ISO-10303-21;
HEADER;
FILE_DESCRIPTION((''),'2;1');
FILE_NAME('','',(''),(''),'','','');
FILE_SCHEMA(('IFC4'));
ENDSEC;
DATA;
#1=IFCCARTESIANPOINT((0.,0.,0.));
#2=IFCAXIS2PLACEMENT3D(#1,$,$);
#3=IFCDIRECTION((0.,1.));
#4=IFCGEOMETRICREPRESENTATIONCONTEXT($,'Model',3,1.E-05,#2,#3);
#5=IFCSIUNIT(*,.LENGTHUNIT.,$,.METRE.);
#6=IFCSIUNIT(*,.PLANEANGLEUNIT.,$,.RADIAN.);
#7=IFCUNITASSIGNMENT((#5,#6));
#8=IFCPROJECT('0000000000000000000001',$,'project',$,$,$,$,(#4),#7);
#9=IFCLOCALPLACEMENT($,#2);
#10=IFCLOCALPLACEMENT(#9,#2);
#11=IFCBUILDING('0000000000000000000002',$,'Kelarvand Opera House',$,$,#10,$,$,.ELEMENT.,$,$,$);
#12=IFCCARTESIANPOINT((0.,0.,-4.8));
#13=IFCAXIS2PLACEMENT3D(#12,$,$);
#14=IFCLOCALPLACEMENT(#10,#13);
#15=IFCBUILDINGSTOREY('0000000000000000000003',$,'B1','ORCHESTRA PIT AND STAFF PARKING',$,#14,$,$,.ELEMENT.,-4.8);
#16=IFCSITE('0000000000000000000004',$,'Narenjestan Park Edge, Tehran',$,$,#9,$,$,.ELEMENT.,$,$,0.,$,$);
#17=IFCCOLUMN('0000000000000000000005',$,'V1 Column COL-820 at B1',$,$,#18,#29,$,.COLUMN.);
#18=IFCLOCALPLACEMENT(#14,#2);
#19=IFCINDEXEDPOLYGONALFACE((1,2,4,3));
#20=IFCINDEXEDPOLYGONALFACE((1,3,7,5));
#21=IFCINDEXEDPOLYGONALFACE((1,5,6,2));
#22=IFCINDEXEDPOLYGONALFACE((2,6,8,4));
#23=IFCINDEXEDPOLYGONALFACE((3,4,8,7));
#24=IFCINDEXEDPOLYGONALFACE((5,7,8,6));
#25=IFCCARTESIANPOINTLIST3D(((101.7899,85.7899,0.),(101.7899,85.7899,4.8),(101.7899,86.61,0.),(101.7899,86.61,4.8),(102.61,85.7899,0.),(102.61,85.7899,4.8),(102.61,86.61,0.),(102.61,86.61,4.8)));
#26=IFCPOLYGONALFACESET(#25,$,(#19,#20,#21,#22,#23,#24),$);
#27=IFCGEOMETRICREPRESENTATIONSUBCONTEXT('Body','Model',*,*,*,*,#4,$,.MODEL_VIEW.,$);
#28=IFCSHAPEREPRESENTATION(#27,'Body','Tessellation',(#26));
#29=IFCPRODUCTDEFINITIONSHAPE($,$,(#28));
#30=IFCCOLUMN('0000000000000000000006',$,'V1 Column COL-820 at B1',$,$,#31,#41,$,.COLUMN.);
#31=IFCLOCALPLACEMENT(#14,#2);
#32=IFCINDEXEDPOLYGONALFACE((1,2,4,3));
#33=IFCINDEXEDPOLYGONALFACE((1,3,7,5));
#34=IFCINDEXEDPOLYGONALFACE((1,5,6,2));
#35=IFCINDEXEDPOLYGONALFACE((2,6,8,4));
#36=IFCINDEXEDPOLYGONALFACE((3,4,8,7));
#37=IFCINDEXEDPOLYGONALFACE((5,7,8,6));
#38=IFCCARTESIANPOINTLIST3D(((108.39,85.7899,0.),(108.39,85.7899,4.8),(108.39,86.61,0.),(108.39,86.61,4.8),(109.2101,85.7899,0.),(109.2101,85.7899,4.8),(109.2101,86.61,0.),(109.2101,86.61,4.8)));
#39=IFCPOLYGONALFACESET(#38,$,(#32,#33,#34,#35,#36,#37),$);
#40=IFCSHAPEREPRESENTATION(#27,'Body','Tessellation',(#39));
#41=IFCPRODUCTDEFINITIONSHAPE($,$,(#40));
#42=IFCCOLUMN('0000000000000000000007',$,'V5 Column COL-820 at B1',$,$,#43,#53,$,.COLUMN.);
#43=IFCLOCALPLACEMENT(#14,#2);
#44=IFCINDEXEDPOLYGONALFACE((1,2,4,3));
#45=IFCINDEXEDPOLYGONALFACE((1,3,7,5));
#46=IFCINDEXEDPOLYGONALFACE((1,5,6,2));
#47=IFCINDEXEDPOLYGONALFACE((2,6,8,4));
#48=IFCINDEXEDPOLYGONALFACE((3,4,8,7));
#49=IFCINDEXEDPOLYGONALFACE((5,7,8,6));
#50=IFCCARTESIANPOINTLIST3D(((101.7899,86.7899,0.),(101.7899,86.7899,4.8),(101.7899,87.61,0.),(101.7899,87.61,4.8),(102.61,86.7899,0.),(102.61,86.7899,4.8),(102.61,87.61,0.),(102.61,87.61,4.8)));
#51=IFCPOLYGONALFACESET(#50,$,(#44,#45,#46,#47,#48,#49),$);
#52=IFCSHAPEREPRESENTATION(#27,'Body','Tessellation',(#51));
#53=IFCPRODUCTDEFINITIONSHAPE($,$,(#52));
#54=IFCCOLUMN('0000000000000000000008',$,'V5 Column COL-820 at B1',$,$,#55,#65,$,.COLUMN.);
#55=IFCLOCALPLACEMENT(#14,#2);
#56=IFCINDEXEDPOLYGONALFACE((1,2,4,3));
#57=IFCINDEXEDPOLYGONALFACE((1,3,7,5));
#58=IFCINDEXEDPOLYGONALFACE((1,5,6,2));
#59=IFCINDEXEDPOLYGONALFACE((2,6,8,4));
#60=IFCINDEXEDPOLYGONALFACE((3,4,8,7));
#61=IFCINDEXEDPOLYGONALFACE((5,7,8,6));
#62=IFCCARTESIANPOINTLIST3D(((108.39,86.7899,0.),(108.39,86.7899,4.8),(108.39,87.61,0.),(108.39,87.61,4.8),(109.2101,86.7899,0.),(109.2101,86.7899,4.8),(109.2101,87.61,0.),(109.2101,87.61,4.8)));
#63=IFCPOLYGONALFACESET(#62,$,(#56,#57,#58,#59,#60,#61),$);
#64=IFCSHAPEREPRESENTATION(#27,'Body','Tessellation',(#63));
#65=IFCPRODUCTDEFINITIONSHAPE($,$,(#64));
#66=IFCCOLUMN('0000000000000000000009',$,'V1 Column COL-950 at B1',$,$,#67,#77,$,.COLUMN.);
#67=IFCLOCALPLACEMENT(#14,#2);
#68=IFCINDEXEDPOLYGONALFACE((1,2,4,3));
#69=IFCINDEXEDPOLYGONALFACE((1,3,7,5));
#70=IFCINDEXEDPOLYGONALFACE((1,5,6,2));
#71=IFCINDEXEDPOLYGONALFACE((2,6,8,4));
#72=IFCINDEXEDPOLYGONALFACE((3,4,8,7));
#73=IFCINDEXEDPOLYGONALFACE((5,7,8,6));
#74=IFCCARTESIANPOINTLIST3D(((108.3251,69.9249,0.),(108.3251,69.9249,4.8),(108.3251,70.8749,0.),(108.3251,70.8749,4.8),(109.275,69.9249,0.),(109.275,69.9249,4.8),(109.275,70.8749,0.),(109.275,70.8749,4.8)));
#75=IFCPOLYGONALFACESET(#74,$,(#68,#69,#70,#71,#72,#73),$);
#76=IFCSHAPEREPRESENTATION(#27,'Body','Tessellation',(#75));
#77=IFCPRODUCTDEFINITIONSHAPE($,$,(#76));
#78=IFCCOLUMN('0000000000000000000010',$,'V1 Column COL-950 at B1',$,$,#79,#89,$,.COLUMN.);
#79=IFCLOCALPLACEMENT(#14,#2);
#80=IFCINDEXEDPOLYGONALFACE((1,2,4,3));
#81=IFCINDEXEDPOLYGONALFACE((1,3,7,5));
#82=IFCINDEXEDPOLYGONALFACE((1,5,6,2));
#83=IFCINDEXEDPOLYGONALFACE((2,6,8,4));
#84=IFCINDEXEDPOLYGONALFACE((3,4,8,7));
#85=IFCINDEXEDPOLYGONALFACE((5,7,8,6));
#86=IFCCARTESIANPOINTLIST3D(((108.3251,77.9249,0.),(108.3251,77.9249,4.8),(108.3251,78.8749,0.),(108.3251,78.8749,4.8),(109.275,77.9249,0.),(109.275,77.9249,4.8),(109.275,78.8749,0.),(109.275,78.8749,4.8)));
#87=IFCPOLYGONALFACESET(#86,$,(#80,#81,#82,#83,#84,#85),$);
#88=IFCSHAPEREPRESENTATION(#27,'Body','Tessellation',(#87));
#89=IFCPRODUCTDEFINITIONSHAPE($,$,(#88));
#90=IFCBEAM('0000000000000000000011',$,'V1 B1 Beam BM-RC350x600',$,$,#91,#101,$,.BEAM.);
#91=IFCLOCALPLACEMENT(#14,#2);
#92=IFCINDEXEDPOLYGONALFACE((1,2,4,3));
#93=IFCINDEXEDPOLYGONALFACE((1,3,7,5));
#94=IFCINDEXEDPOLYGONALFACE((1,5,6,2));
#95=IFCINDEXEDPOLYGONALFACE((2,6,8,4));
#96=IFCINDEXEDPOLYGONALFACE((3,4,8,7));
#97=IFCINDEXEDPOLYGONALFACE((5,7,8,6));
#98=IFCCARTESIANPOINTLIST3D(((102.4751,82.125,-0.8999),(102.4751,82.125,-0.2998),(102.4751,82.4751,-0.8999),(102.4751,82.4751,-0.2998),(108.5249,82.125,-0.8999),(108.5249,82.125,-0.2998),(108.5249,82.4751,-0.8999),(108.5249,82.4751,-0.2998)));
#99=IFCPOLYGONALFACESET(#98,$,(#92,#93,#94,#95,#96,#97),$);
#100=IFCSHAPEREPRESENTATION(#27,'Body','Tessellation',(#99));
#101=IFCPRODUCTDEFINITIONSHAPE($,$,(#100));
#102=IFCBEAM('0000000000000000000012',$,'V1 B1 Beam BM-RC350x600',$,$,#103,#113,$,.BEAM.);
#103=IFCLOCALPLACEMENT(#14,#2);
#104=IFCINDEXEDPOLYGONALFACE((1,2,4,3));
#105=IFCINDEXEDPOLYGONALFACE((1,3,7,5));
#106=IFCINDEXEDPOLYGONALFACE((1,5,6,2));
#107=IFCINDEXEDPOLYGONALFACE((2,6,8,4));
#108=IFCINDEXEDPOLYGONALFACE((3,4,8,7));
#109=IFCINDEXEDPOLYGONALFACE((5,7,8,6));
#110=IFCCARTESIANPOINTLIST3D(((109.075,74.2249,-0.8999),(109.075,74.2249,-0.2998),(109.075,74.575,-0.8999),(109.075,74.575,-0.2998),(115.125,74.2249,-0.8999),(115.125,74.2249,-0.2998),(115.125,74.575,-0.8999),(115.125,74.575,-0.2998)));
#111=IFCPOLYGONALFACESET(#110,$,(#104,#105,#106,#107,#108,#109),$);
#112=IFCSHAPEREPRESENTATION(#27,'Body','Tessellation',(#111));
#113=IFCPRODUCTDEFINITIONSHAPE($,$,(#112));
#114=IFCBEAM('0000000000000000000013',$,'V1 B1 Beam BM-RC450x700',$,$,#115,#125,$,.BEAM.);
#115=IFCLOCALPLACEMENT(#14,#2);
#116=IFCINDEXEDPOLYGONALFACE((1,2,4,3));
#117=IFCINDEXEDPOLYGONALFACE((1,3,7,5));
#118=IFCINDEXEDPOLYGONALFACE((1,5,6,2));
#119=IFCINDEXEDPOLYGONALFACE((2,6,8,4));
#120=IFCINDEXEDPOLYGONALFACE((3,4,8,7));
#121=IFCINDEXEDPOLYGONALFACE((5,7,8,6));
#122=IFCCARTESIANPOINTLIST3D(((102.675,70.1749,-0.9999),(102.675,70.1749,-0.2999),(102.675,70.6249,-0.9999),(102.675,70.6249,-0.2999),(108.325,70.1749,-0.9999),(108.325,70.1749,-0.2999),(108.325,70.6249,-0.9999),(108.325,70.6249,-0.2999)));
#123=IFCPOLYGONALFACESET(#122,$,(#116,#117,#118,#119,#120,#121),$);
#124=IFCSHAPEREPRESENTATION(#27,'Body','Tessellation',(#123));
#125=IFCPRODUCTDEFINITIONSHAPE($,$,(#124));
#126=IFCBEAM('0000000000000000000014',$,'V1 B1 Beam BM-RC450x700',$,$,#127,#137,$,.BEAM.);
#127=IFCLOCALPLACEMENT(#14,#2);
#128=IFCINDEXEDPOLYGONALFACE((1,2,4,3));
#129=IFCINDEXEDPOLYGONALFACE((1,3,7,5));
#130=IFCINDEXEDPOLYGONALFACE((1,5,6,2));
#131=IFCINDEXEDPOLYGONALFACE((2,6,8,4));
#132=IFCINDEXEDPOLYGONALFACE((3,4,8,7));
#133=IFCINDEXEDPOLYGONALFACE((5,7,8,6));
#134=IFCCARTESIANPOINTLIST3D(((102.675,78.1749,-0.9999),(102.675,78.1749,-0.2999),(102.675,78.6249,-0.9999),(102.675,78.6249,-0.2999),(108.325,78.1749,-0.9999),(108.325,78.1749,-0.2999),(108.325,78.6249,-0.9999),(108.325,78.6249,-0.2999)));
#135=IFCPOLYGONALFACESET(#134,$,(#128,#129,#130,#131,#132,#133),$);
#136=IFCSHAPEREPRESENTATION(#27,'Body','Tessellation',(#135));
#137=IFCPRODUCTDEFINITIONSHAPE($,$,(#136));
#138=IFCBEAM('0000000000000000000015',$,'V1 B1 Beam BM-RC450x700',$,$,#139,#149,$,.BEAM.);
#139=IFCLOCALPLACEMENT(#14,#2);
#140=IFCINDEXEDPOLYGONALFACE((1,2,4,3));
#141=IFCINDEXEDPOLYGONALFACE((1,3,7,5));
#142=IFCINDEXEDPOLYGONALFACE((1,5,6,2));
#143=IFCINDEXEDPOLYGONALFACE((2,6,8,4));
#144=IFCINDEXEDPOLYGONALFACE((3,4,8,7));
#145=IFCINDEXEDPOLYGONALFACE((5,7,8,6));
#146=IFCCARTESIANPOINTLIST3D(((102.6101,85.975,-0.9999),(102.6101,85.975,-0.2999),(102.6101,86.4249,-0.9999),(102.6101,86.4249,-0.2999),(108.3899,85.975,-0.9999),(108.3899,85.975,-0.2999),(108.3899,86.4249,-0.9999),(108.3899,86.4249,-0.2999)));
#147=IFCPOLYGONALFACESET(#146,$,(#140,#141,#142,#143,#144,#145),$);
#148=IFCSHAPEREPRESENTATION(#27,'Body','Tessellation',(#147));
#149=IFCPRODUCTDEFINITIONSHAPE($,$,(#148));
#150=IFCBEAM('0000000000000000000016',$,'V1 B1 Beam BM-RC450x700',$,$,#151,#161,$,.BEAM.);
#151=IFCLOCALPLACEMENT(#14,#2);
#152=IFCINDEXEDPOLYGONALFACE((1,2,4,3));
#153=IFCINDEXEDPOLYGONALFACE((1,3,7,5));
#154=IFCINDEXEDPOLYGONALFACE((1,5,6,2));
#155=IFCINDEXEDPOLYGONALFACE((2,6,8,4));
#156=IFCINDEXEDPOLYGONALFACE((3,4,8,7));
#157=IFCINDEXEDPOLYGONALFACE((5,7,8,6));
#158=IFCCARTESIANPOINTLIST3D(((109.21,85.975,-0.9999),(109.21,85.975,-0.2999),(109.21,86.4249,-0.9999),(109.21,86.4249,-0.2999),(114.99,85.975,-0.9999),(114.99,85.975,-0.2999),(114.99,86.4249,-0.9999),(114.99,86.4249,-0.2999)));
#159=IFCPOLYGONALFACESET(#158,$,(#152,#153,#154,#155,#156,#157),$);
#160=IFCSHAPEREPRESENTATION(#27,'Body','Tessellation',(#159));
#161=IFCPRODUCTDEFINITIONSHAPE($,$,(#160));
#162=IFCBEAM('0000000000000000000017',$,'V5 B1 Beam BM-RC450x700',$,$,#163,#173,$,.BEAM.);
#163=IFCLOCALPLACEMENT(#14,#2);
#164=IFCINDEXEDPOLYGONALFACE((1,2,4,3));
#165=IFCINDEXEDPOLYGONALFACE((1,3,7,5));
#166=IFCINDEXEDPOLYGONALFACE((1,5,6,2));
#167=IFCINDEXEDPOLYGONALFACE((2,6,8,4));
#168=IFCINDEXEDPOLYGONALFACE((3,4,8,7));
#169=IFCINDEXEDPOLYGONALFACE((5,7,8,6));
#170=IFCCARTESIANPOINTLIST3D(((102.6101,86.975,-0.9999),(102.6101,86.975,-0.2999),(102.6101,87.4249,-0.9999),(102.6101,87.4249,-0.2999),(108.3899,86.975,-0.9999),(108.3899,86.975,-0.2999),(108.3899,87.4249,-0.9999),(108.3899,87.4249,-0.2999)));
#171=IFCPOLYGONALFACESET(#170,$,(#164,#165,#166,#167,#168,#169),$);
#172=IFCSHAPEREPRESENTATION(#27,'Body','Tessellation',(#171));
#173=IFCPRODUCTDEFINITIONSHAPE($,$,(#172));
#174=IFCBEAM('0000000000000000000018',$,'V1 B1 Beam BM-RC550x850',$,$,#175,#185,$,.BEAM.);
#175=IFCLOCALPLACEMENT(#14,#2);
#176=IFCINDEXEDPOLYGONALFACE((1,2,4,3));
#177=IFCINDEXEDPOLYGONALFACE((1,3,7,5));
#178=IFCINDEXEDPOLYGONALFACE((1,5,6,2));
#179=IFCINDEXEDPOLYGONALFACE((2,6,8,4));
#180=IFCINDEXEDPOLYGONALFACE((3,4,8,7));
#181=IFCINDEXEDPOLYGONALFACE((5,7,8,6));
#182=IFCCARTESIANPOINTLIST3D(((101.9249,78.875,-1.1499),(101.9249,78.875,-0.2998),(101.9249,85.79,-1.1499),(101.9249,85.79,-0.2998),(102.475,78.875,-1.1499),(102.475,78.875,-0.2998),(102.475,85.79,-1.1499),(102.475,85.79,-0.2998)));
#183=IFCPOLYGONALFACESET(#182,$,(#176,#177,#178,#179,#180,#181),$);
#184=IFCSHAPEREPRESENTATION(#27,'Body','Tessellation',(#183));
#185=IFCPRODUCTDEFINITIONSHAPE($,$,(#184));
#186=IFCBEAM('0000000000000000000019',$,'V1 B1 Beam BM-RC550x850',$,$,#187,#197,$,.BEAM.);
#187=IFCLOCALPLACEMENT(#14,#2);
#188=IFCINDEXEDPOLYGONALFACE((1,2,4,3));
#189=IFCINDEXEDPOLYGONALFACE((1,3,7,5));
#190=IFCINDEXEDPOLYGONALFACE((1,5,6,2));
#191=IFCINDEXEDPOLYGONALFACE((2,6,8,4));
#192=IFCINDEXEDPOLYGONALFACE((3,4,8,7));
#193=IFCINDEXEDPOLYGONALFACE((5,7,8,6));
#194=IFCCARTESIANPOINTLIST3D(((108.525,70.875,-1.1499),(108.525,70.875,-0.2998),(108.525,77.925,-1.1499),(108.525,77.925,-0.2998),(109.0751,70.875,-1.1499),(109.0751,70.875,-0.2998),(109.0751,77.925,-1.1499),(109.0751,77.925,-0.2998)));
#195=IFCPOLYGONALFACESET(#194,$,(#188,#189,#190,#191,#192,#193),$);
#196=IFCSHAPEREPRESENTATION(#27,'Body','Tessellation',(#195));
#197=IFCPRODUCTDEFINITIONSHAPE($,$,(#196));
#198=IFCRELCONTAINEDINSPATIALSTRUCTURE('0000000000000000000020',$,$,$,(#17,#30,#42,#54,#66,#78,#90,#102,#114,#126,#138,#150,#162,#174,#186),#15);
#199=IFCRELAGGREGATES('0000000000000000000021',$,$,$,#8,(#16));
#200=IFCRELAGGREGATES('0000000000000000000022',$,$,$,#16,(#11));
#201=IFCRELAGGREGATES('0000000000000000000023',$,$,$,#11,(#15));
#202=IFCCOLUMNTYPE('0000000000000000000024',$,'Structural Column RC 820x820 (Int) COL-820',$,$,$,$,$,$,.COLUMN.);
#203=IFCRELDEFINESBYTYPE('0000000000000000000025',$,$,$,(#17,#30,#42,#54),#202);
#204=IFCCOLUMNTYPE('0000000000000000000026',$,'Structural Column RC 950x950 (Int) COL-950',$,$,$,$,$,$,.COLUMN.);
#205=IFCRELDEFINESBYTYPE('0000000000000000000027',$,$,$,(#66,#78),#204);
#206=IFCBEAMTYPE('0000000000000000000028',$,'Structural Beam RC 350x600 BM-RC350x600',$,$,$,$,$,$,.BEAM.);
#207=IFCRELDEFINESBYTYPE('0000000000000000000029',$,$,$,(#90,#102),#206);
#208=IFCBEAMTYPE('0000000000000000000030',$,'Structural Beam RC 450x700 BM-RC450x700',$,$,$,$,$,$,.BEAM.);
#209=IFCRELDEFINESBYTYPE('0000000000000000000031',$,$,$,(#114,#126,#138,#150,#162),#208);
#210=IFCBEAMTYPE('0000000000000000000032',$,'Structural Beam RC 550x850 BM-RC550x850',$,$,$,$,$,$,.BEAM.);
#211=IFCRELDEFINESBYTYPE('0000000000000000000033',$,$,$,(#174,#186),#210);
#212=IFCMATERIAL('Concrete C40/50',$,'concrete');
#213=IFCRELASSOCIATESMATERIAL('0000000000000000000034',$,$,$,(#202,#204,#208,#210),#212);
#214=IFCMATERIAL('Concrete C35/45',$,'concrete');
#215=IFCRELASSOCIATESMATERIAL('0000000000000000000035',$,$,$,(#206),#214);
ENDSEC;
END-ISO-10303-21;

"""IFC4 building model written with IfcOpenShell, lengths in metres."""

from ifc_helpers import new_model, si_unit, direction, frame, origin, origin_2d, place, context, subcontext, project, spatial, rectangle, extrude, material, material_profile, profile_set, type_object, element, save


model = new_model("IFC4")

# Units and contexts
model_context = context("Model", 3, precision=1e-05, world=origin(), true_north=direction((0.0, 1.0)))
body_context = subcontext(model_context, "Body", "Model", "MODEL_VIEW")
ifc_project = project(units=[si_unit("LENGTHUNIT", "METRE"), si_unit("PLANEANGLEUNIT", "RADIAN")], contexts=[model_context])

# Site, building, storey
site_placement = place(None, origin())
site = spatial("IfcSite", under=ifc_project, at=site_placement, Name="Narenjestan Park Edge, Tehran", CompositionType="ELEMENT", RefElevation=0.0)
building_placement = place(site_placement, origin())
building = spatial("IfcBuilding", under=site, at=building_placement, Name="Kelarvand Opera House", CompositionType="ELEMENT")
storey_placement = place(building_placement, frame((0.0, 0.0, -4.8)))
storey = spatial("IfcBuildingStorey", under=building, at=storey_placement, Name="B1", Description="ORCHESTRA PIT AND STAFF PARKING", CompositionType="ELEMENT", Elevation=-4.8)

# Columns
ifc_material_1 = material(Name="Concrete C40/50", Category="concrete")
ifc_material_profile_1 = material_profile(ifc_material_1, rectangle(XDim=0.8201, YDim=0.8201, at=origin_2d()), Name="RC 820x820", Category="concrete")
ifc_profile_set_1 = profile_set([ifc_material_profile_1], Name="Concrete C40/50")
column_type_1 = type_object("IfcColumnType", Name="Structural Column RC 820x820 (Int) COL-820", PredefinedType="COLUMN", material=ifc_profile_set_1)
for number, where, z_axis, x_axis, name in (
    (1, (102.2, 86.2, 0.0), (0.0, 0.0, 1.0), (1.0, 0.0, 0.0), "V1 Column COL-820 at B1"),
    (2, (108.8, 86.2, 0.0), (0.0, 0.0, 1.0), (1.0, 0.0, 0.0), "V1 Column COL-820 at B1"),
    (3, (102.2, 87.2, 0.0), (0.0, 0.0, 1.0), (1.0, 0.0, 0.0), "V5 Column COL-820 at B1"),
    (4, (108.8, 87.2, 0.0), (0.0, 0.0, 1.0), (1.0, 0.0, 0.0), "V5 Column COL-820 at B1"),
):
    element("IfcColumn", number, at=place(storey_placement, frame(where, z_axis=z_axis, x_axis=x_axis)), inside=storey, type_object=column_type_1, Name=name, PredefinedType="COLUMN", context=body_context, shape_type="SweptSolid", body=[
        extrude(rectangle(XDim=0.8201, YDim=0.8201, at=origin_2d()), origin(), (0.0, 0.0, 1.0), 4.8),
    ])
ifc_material_profile_2 = material_profile(ifc_material_1, rectangle(XDim=0.95, YDim=0.95, at=origin_2d()), Name="RC 950x950", Category="concrete")
ifc_profile_set_2 = profile_set([ifc_material_profile_2], Name="Concrete C40/50")
column_type_2 = type_object("IfcColumnType", Name="Structural Column RC 950x950 (Int) COL-950", PredefinedType="COLUMN", material=ifc_profile_set_2)
for number, where, z_axis, x_axis, name in (
    (5, (108.8, 70.3999, 0.0), (0.0, 0.0, 1.0), (1.0, 0.0, 0.0), "V1 Column COL-950 at B1"),
    (6, (108.8, 78.3999, 0.0), (0.0, 0.0, 1.0), (1.0, 0.0, 0.0), "V1 Column COL-950 at B1"),
):
    element("IfcColumn", number, at=place(storey_placement, frame(where, z_axis=z_axis, x_axis=x_axis)), inside=storey, type_object=column_type_2, Name=name, PredefinedType="COLUMN", context=body_context, shape_type="SweptSolid", body=[
        extrude(rectangle(XDim=0.95, YDim=0.95, at=origin_2d()), origin(), (0.0, 0.0, 1.0), 4.8),
    ])

# Beams
ifc_material_2 = material(Name="Concrete C35/45", Category="concrete")
ifc_material_profile_3 = material_profile(ifc_material_2, rectangle(XDim=0.3501, YDim=0.6001, at=origin_2d()), Name="RC 350x600", Category="concrete")
ifc_profile_set_3 = profile_set([ifc_material_profile_3], Name="Concrete C35/45")
beam_type_1 = type_object("IfcBeamType", Name="Structural Beam RC 350x600 BM-RC350x600", PredefinedType="BEAM", material=ifc_profile_set_3)
beam_1_placement = place(storey_placement, frame((102.4751, 82.3, -0.5999), z_axis=(1.0, 0.0, 0.0), x_axis=(0.0, 1.0, 0.0)))
element("IfcBeam", 7, at=beam_1_placement, inside=storey, type_object=beam_type_1, Name="V1 B1 Beam BM-RC350x600", PredefinedType="BEAM", context=body_context, shape_type="SweptSolid", body=[
    extrude(rectangle(XDim=0.3501, YDim=0.6001, at=origin_2d()), origin(), (0.0, 0.0, 1.0), 6.0498),
])
beam_2_placement = place(storey_placement, frame((109.075, 74.3999, -0.5999), z_axis=(1.0, 0.0, 0.0), x_axis=(0.0, 1.0, 0.0)))
element("IfcBeam", 8, at=beam_2_placement, inside=storey, type_object=beam_type_1, Name="V1 B1 Beam BM-RC350x600", PredefinedType="BEAM", context=body_context, shape_type="SweptSolid", body=[
    extrude(rectangle(XDim=0.3501, YDim=0.6001, at=origin_2d()), origin(), (0.0, 0.0, 1.0), 6.05),
])
ifc_material_profile_4 = material_profile(ifc_material_1, rectangle(XDim=0.45, YDim=0.7, at=origin_2d()), Name="RC 450x700", Category="concrete")
ifc_profile_set_4 = profile_set([ifc_material_profile_4], Name="Concrete C40/50")
beam_type_2 = type_object("IfcBeamType", Name="Structural Beam RC 450x700 BM-RC450x700", PredefinedType="BEAM", material=ifc_profile_set_4)
for number, where, z_axis, x_axis, name in (
    (9, (102.675, 70.3999, -0.6499), (1.0, 0.0, 0.0), (0.0, 1.0, 0.0), "V1 B1 Beam BM-RC450x700"),
    (10, (102.675, 78.3999, -0.6499), (1.0, 0.0, 0.0), (0.0, 1.0, 0.0), "V1 B1 Beam BM-RC450x700"),
):
    element("IfcBeam", number, at=place(storey_placement, frame(where, z_axis=z_axis, x_axis=x_axis)), inside=storey, type_object=beam_type_2, Name=name, PredefinedType="BEAM", context=body_context, shape_type="SweptSolid", body=[
        extrude(rectangle(XDim=0.45, YDim=0.7, at=origin_2d()), origin(), (0.0, 0.0, 1.0), 5.6499),
    ])
beam_3_placement = place(storey_placement, frame((102.6101, 86.2, -0.6499), z_axis=(1.0, 0.0, 0.0), x_axis=(0.0, 1.0, 0.0)))
element("IfcBeam", 11, at=beam_3_placement, inside=storey, type_object=beam_type_2, Name="V1 B1 Beam BM-RC450x700", PredefinedType="BEAM", context=body_context, shape_type="SweptSolid", body=[
    extrude(rectangle(XDim=0.45, YDim=0.7, at=origin_2d()), origin(), (0.0, 0.0, 1.0), 5.7798),
])
beam_4_placement = place(storey_placement, frame((109.21, 86.2, -0.6499), z_axis=(1.0, 0.0, 0.0), x_axis=(0.0, 1.0, 0.0)))
element("IfcBeam", 12, at=beam_4_placement, inside=storey, type_object=beam_type_2, Name="V1 B1 Beam BM-RC450x700", PredefinedType="BEAM", context=body_context, shape_type="SweptSolid", body=[
    extrude(rectangle(XDim=0.45, YDim=0.7, at=origin_2d()), origin(), (0.0, 0.0, 1.0), 5.78),
])
beam_5_placement = place(storey_placement, frame((102.6101, 87.2, -0.6499), z_axis=(1.0, 0.0, 0.0), x_axis=(0.0, 1.0, 0.0)))
element("IfcBeam", 13, at=beam_5_placement, inside=storey, type_object=beam_type_2, Name="V5 B1 Beam BM-RC450x700", PredefinedType="BEAM", context=body_context, shape_type="SweptSolid", body=[
    extrude(rectangle(XDim=0.45, YDim=0.7, at=origin_2d()), origin(), (0.0, 0.0, 1.0), 5.7798),
])
ifc_material_profile_5 = material_profile(ifc_material_1, rectangle(XDim=0.55, YDim=0.8501, at=origin_2d()), Name="RC 550x850", Category="concrete")
ifc_profile_set_5 = profile_set([ifc_material_profile_5], Name="Concrete C40/50")
beam_type_3 = type_object("IfcBeamType", Name="Structural Beam RC 550x850 BM-RC550x850", PredefinedType="BEAM", material=ifc_profile_set_5)
beam_6_placement = place(storey_placement, frame((102.2, 78.875, -0.7249), z_axis=(0.0, 1.0, 0.0), x_axis=(-1.0, 0.0, 0.0)))
element("IfcBeam", 14, at=beam_6_placement, inside=storey, type_object=beam_type_3, Name="V1 B1 Beam BM-RC550x850", PredefinedType="BEAM", context=body_context, shape_type="SweptSolid", body=[
    extrude(rectangle(XDim=0.55, YDim=0.8501, at=origin_2d()), origin(), (0.0, 0.0, 1.0), 6.915),
])
beam_7_placement = place(storey_placement, frame((108.8, 70.875, -0.7249), z_axis=(0.0, 1.0, 0.0), x_axis=(-1.0, 0.0, 0.0)))
element("IfcBeam", 15, at=beam_7_placement, inside=storey, type_object=beam_type_3, Name="V1 B1 Beam BM-RC550x850", PredefinedType="BEAM", context=body_context, shape_type="SweptSolid", body=[
    extrude(rectangle(XDim=0.55, YDim=0.8501, at=origin_2d()), origin(), (0.0, 0.0, 1.0), 7.05),
])

save(model, "model.ifc")
